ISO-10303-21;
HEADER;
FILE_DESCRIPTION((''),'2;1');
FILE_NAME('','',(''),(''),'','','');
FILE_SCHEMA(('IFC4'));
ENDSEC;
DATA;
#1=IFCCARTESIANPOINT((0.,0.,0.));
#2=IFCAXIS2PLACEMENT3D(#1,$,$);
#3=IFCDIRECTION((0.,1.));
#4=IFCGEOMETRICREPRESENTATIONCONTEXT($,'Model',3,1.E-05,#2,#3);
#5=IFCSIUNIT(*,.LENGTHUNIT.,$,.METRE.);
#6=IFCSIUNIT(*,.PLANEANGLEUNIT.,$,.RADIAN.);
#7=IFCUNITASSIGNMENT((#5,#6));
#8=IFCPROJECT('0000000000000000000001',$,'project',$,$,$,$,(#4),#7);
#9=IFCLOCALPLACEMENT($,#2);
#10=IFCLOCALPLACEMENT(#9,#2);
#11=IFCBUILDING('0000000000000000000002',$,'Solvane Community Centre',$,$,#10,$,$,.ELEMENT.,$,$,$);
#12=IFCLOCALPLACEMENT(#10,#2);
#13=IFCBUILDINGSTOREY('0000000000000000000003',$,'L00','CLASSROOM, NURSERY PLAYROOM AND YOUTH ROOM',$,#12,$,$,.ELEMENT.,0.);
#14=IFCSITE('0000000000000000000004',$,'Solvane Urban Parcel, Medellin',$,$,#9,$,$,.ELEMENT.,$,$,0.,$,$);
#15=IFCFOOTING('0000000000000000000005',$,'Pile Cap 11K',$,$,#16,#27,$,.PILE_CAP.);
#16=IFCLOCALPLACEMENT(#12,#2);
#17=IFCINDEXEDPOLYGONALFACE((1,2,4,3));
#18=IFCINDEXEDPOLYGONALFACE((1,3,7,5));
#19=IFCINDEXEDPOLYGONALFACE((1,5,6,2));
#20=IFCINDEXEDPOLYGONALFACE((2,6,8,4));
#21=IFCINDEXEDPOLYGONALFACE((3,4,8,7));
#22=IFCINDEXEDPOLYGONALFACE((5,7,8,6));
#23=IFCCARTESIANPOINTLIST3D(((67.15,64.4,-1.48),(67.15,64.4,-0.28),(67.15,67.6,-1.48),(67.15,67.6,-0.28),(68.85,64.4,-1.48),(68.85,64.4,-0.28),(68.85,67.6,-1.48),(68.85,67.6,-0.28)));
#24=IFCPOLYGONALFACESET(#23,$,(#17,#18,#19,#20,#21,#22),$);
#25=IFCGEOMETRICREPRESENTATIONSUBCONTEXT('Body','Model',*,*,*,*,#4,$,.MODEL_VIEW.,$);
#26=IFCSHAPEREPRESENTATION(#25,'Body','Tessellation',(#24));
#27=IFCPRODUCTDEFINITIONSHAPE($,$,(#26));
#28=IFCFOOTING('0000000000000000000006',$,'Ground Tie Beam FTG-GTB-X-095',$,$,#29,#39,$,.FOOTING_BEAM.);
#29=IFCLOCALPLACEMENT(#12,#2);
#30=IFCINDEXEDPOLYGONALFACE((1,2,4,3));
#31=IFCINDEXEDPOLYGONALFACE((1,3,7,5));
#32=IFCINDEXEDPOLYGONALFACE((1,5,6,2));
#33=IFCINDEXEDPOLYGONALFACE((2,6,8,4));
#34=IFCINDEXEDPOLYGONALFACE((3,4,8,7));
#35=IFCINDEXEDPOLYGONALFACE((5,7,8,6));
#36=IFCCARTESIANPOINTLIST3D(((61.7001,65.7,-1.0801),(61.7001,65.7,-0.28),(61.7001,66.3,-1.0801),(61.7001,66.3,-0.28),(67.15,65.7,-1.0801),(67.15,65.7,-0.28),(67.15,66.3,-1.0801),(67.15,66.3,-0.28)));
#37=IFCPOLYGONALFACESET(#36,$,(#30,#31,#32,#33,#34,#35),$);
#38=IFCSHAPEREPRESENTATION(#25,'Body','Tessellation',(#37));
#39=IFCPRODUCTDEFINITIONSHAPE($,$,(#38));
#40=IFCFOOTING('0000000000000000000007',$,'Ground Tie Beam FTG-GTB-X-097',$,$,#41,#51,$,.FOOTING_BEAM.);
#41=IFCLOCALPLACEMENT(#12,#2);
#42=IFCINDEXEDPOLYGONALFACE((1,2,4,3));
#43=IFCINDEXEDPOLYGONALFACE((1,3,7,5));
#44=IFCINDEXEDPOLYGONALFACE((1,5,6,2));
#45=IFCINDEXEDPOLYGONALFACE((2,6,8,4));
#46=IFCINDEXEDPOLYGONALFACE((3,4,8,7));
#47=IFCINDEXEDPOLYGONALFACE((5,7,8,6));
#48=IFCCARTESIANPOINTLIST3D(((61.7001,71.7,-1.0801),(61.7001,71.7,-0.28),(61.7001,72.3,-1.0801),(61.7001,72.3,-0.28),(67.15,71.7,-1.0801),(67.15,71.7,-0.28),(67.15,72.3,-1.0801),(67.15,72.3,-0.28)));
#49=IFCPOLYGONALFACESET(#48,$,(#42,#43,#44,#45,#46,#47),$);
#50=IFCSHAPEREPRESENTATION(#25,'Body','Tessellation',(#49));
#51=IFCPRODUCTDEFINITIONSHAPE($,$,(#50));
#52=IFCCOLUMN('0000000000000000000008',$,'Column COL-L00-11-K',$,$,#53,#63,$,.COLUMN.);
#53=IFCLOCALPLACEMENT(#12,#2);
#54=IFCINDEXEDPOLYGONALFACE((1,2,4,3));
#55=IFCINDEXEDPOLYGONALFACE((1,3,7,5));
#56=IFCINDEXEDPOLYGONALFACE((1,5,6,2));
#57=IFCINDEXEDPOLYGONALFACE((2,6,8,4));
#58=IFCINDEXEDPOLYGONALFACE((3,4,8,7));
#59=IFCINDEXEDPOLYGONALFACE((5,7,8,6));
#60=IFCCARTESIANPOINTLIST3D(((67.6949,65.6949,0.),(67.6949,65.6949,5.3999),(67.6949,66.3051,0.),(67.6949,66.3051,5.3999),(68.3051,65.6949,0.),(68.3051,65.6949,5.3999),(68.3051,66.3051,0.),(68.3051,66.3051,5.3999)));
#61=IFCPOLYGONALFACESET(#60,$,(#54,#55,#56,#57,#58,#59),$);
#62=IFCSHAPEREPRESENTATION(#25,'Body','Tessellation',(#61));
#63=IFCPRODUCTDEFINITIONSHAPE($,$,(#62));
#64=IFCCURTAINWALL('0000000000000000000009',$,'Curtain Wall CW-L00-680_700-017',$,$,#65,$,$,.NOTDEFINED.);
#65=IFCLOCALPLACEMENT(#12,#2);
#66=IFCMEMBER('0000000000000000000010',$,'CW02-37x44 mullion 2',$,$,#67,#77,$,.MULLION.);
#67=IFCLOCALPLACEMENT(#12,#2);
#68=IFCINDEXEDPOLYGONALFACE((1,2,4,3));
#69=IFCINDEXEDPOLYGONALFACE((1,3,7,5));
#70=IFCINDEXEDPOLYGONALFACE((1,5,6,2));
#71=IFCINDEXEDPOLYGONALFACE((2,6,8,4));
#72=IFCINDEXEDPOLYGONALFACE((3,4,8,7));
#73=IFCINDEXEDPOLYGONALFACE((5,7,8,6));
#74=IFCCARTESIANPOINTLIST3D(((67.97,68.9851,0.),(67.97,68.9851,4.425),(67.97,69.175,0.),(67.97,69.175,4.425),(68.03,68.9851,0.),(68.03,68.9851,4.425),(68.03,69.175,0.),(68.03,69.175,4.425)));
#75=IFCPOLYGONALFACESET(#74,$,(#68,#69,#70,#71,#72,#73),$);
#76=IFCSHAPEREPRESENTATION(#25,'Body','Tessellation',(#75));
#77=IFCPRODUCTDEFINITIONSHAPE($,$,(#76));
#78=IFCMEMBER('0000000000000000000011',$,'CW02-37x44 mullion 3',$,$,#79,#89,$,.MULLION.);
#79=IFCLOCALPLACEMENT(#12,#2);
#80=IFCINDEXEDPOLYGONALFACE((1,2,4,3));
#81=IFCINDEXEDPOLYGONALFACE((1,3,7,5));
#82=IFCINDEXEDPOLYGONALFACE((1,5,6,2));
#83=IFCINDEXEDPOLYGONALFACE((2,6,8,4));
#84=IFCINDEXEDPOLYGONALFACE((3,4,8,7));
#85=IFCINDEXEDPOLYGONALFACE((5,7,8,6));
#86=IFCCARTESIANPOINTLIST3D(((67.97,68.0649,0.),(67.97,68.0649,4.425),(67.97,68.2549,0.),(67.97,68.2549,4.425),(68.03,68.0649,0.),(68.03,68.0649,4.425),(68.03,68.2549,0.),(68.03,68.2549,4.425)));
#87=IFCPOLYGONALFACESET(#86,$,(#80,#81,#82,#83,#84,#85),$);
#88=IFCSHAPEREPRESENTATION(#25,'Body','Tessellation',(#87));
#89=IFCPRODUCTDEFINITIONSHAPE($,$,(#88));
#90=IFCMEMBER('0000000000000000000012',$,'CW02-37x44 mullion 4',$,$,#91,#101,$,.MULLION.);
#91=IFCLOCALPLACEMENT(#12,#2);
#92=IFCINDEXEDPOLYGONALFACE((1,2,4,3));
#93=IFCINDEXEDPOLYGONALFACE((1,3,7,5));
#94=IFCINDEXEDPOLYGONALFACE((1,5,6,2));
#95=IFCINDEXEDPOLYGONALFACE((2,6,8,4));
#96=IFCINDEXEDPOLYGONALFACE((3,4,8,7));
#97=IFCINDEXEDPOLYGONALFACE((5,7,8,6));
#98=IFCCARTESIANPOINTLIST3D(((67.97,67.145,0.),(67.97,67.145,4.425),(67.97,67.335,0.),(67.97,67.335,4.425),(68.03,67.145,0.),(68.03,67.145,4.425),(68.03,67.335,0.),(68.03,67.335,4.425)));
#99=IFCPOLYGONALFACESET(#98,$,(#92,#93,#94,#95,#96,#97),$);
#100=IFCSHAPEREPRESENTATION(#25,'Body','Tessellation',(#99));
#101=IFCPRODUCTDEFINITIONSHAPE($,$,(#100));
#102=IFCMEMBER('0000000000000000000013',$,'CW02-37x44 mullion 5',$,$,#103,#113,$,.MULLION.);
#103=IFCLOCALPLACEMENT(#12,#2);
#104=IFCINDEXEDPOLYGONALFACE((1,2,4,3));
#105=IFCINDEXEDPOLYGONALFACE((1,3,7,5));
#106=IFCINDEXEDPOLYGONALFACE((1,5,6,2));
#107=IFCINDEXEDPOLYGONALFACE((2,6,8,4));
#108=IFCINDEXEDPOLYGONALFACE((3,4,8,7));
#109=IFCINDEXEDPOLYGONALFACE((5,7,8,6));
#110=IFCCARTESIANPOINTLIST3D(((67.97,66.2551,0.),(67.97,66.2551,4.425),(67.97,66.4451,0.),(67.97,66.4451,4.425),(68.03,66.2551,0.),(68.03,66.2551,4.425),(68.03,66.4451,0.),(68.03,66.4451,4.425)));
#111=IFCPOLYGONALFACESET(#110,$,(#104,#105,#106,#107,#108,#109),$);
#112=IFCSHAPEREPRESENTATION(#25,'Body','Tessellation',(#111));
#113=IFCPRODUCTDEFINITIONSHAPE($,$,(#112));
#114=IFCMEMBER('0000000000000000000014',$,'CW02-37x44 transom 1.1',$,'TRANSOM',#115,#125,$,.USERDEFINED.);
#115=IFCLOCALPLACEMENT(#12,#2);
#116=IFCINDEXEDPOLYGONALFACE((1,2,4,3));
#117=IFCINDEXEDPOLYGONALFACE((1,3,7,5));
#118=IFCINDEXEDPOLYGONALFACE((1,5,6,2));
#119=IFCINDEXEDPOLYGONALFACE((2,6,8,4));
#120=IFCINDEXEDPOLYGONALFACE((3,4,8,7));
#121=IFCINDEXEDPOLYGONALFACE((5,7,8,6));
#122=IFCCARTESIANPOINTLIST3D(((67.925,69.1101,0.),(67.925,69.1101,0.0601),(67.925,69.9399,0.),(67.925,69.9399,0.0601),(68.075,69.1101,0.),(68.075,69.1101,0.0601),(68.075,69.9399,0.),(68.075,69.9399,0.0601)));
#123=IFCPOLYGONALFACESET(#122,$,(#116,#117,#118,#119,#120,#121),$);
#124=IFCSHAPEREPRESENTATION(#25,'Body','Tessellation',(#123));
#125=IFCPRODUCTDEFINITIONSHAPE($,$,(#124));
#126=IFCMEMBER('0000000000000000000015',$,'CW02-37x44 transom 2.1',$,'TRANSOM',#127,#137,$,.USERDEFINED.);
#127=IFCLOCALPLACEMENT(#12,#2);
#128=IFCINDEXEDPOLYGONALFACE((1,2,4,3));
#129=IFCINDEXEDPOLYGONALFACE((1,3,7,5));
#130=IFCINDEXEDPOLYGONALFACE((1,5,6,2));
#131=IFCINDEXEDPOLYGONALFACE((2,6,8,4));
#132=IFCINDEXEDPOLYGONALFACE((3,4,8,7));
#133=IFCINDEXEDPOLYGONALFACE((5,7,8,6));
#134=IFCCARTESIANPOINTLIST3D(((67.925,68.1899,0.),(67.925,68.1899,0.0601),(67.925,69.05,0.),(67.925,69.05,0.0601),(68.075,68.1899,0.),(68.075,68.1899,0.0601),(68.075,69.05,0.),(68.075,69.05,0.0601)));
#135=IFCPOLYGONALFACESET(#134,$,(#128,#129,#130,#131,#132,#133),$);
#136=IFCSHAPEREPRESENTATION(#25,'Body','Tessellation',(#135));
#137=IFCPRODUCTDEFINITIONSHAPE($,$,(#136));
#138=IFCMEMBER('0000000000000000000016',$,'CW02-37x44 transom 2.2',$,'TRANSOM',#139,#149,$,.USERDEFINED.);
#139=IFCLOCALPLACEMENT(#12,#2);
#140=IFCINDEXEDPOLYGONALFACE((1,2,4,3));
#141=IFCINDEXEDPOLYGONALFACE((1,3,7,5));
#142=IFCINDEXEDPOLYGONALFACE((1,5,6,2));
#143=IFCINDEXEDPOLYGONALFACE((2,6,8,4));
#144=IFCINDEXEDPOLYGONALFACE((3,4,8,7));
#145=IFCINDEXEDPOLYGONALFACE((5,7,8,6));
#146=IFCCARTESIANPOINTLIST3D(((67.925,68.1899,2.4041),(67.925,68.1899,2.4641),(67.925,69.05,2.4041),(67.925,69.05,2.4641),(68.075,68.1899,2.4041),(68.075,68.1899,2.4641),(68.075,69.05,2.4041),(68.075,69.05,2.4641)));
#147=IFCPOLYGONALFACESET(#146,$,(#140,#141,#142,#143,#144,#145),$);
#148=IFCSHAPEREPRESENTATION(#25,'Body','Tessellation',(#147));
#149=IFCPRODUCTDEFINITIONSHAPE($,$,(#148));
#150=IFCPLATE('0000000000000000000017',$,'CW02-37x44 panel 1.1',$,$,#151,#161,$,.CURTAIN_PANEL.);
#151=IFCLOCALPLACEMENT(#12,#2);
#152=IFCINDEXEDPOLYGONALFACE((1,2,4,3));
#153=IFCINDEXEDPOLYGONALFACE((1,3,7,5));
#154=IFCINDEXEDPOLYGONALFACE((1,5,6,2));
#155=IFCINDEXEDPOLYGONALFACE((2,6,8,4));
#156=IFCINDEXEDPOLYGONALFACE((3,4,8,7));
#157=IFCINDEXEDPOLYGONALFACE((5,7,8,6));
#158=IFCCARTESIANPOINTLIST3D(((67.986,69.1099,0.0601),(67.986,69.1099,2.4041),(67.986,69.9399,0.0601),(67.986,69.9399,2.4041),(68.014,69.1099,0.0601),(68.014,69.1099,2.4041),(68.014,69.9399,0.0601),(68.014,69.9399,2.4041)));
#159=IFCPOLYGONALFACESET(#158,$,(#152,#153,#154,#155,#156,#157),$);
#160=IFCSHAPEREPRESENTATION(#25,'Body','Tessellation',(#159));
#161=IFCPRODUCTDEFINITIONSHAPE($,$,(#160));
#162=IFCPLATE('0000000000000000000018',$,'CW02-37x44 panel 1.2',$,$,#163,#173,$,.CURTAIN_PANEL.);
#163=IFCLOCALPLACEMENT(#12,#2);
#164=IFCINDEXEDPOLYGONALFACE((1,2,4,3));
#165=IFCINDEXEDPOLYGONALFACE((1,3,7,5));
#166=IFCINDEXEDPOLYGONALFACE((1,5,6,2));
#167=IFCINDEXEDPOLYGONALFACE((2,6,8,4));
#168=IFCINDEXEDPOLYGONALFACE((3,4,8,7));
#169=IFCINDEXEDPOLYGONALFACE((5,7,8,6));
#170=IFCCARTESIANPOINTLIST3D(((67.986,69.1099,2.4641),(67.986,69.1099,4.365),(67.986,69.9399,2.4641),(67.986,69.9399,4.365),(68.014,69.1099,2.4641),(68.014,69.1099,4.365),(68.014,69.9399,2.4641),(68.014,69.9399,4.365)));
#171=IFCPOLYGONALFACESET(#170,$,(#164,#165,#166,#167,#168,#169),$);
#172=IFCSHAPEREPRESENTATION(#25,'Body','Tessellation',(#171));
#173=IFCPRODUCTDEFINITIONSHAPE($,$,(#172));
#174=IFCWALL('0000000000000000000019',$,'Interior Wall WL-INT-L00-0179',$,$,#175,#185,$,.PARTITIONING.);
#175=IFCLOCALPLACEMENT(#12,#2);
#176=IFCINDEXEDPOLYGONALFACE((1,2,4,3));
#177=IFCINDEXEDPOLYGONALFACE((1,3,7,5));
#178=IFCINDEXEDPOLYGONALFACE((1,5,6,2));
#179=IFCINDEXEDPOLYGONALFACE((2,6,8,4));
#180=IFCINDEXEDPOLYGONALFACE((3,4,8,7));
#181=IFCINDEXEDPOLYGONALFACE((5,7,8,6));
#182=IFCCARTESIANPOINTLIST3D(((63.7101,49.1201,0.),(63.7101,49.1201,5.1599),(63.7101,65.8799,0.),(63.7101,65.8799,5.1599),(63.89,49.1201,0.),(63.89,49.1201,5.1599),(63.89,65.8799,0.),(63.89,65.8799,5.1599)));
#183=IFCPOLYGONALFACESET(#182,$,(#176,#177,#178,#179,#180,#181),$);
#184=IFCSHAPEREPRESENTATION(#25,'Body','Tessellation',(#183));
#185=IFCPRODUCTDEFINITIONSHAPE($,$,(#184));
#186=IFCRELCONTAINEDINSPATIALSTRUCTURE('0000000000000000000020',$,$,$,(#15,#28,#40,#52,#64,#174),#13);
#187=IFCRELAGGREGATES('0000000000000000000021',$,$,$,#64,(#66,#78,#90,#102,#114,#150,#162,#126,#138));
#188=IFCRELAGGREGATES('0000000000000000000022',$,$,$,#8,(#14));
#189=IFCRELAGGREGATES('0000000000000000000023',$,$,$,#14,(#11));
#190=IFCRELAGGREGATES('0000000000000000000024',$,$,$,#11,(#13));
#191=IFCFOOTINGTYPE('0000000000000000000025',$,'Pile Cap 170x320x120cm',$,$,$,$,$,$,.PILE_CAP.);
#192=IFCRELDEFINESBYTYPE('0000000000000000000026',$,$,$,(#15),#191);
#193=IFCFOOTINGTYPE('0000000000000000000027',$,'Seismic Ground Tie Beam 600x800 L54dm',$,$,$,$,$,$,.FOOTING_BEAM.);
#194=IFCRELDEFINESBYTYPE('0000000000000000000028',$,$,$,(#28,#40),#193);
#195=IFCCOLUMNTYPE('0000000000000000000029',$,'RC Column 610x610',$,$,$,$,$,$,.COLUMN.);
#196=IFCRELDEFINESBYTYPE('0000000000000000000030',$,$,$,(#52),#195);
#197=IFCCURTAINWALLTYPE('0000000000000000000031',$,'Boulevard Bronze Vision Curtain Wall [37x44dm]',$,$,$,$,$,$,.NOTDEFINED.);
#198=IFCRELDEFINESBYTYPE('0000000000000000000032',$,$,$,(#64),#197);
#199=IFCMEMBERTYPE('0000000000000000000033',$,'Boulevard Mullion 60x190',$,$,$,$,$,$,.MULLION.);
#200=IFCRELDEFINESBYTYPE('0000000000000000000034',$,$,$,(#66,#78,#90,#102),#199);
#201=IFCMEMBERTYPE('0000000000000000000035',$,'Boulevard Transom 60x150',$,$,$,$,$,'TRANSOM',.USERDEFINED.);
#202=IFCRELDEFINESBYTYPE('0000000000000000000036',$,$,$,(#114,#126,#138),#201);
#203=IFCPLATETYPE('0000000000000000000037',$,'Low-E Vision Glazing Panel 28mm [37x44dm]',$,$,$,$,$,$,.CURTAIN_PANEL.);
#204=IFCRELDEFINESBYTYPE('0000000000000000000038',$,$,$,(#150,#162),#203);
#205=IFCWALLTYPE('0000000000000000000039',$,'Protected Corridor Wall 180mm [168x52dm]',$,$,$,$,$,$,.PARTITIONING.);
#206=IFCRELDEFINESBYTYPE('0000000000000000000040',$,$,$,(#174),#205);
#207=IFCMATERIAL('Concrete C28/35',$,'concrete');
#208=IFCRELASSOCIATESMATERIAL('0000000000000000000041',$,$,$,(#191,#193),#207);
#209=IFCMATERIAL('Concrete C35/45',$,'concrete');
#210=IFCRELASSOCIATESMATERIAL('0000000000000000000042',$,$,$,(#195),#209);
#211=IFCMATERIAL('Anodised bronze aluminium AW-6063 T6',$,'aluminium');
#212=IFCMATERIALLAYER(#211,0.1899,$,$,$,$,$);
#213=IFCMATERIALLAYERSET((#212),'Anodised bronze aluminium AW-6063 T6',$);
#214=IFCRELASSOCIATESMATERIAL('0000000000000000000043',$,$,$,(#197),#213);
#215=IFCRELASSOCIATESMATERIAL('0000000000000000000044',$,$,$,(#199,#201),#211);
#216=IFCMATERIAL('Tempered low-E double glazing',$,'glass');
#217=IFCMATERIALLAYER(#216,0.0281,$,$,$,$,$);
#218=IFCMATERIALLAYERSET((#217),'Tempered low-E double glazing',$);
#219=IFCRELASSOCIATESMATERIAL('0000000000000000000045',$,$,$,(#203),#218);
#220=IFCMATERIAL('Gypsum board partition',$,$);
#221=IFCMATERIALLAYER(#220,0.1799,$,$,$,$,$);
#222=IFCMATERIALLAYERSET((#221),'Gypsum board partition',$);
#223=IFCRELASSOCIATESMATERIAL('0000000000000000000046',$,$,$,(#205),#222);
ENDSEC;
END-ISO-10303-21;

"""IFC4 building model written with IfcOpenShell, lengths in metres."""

from ifc_helpers import new_model, si_unit, direction, frame, frame_2d, origin, origin_2d, place, context, subcontext, project, spatial, rectangle, extrude, material, layer, layer_set, material_profile, profile_set, type_object, element, aggregate, save


model = new_model("IFC4")

# Units and contexts
model_context = context("Model", 3, precision=1e-05, world=origin(), true_north=direction((0.0, 1.0)))
body_context = subcontext(model_context, "Body", "Model", "MODEL_VIEW")
ifc_project = project(units=[si_unit("LENGTHUNIT", "METRE"), si_unit("PLANEANGLEUNIT", "RADIAN")], contexts=[model_context])

# Site, building, storey
site_placement = place(None, origin())
site = spatial("IfcSite", under=ifc_project, at=site_placement, Name="Solvane Urban Parcel, Medellin", CompositionType="ELEMENT", RefElevation=0.0)
building_placement = place(site_placement, origin())
building = spatial("IfcBuilding", under=site, at=building_placement, Name="Solvane Community Centre", CompositionType="ELEMENT")
storey_placement = place(building_placement, origin())
storey = spatial("IfcBuildingStorey", under=building, at=storey_placement, Name="L00", Description="CLASSROOM, NURSERY PLAYROOM AND YOUTH ROOM", CompositionType="ELEMENT", Elevation=0.0)

# Shared definitions
ifc_material_1 = material(Name="Concrete C28/35", Category="concrete")

# Footings
footing_type_1 = type_object("IfcFootingType", Name="Pile Cap 170x320x120cm", PredefinedType="PILE_CAP", material=ifc_material_1)
footing_placement = place(storey_placement, frame((68.0, 66.0, -1.48), z_axis=(0.0, 0.0, 1.0), x_axis=(1.0, 0.0, 0.0)))
element("IfcFooting", 1, at=footing_placement, inside=storey, type_object=footing_type_1, Name="Pile Cap 11K", PredefinedType="PILE_CAP", context=body_context, shape_type="SweptSolid", body=[
    extrude(rectangle(XDim=1.7, YDim=3.2, at=origin_2d()), origin(), (0.0, 0.0, 1.0), 1.2),
])
footing_type_2 = type_object("IfcFootingType", Name="Seismic Ground Tie Beam 600x800 L54dm", PredefinedType="FOOTING_BEAM", material=ifc_material_1)
for number, where, z_axis, x_axis, name in (
    (2, (64.425, 66.0, -1.0801), (0.0, 0.0, 1.0), (1.0, 0.0, 0.0), "Ground Tie Beam FTG-GTB-X-095"),
    (3, (64.425, 72.0, -1.0801), (0.0, 0.0, 1.0), (1.0, 0.0, 0.0), "Ground Tie Beam FTG-GTB-X-097"),
):
    element("IfcFooting", number, at=place(storey_placement, frame(where, z_axis=z_axis, x_axis=x_axis)), inside=storey, type_object=footing_type_2, Name=name, PredefinedType="FOOTING_BEAM", context=body_context, shape_type="SweptSolid", body=[
        extrude(rectangle(XDim=5.45, YDim=0.6001, at=origin_2d()), origin(), (0.0, 0.0, 1.0), 0.8),
    ])

# Column
ifc_material_2 = material(Name="Concrete C35/45", Category="concrete")
ifc_material_profile_1 = material_profile(ifc_material_2, rectangle(XDim=0.6101, YDim=0.6101, at=origin_2d()), Name="RC 610x610")
ifc_profile_set_1 = profile_set([ifc_material_profile_1], Name="Concrete C35/45")
column_type = type_object("IfcColumnType", Name="RC Column 610x610", PredefinedType="COLUMN", material=ifc_profile_set_1)
column_placement = place(storey_placement, frame((68.0, 66.0, 0.0), z_axis=(0.0, 0.0, 1.0), x_axis=(1.0, 0.0, 0.0)))
element("IfcColumn", 4, at=column_placement, inside=storey, type_object=column_type, Name="Column COL-L00-11-K", PredefinedType="COLUMN", context=body_context, shape_type="SweptSolid", body=[
    extrude(rectangle(XDim=0.6101, YDim=0.6101, at=origin_2d()), origin(), (0.0, 0.0, 1.0), 5.3999),
])

# Curtain wall, members, plates
ifc_material_3 = material(Name="Anodised bronze aluminium AW-6063 T6", Category="aluminium")
ifc_layer_1 = layer(ifc_material_3, 0.1899)
ifc_layer_set_1 = layer_set([ifc_layer_1], Name="Anodised bronze aluminium AW-6063 T6")
curtain_wall_type = type_object("IfcCurtainWallType", Name="Boulevard Bronze Vision Curtain Wall [37x44dm]", PredefinedType="NOTDEFINED", material=ifc_layer_set_1)
curtain_wall_placement = place(storey_placement, origin())
curtain_wall = element("IfcCurtainWall", 5, at=curtain_wall_placement, inside=storey, type_object=curtain_wall_type, Name="Curtain Wall CW-L00-680_700-017", PredefinedType="NOTDEFINED")
ifc_material_profile_2 = material_profile(ifc_material_3, rectangle(XDim=0.0601, YDim=0.1899, at=origin_2d()), Name="CW-M 60x190")
ifc_profile_set_2 = profile_set([ifc_material_profile_2], Name="Anodised bronze aluminium AW-6063 T6")
member_type_1 = type_object("IfcMemberType", Name="Boulevard Mullion 60x190", PredefinedType="MULLION", material=ifc_profile_set_2)
member_1_placement = place(storey_placement, frame((68.0, 69.0801, 0.0), z_axis=(0.0, 0.0, 1.0), x_axis=(1.0, 0.0, 0.0)))
member_1 = element("IfcMember", 6, at=member_1_placement, type_object=member_type_1, Name="CW02-37x44 mullion 2", PredefinedType="MULLION", context=body_context, shape_type="SweptSolid", body=[
    extrude(rectangle(XDim=0.0601, YDim=0.1899, at=origin_2d()), origin(), (0.0, 0.0, 1.0), 4.425),
])
member_2_placement = place(storey_placement, frame((68.0, 68.1599, 0.0), z_axis=(0.0, 0.0, 1.0), x_axis=(1.0, 0.0, 0.0)))
member_2 = element("IfcMember", 7, at=member_2_placement, type_object=member_type_1, Name="CW02-37x44 mullion 3", PredefinedType="MULLION", context=body_context, shape_type="SweptSolid", body=[
    extrude(rectangle(XDim=0.0601, YDim=0.1899, at=origin_2d()), origin(), (0.0, 0.0, 1.0), 4.425),
])
member_3_placement = place(storey_placement, frame((68.0, 67.24, 0.0), z_axis=(0.0, 0.0, 1.0), x_axis=(1.0, 0.0, 0.0)))
member_3 = element("IfcMember", 8, at=member_3_placement, type_object=member_type_1, Name="CW02-37x44 mullion 4", PredefinedType="MULLION", context=body_context, shape_type="SweptSolid", body=[
    extrude(rectangle(XDim=0.0601, YDim=0.1899, at=origin_2d()), origin(), (0.0, 0.0, 1.0), 4.425),
])
member_4_placement = place(storey_placement, frame((68.0, 66.3501, 0.0), z_axis=(0.0, 0.0, 1.0), x_axis=(1.0, 0.0, 0.0)))
member_4 = element("IfcMember", 9, at=member_4_placement, type_object=member_type_1, Name="CW02-37x44 mullion 5", PredefinedType="MULLION", context=body_context, shape_type="SweptSolid", body=[
    extrude(rectangle(XDim=0.0601, YDim=0.1899, at=origin_2d()), origin(), (0.0, 0.0, 1.0), 4.425),
])
ifc_material_profile_3 = material_profile(ifc_material_3, rectangle(XDim=0.1499, YDim=0.0601, at=origin_2d()), Name="CW-T 60x150")
ifc_profile_set_3 = profile_set([ifc_material_profile_3], Name="Anodised bronze aluminium AW-6063 T6")
member_type_2 = type_object("IfcMemberType", Name="Boulevard Transom 60x150", ElementType="TRANSOM", PredefinedType="USERDEFINED", material=ifc_profile_set_3)
member_5_placement = place(storey_placement, frame((68.0, 69.9399, 0.03), z_axis=(0.0, -1.0, 0.0), x_axis=(1.0, 0.0, 0.0)))
member_5 = element("IfcMember", 10, at=member_5_placement, type_object=member_type_2, Name="CW02-37x44 transom 1.1", ObjectType="TRANSOM", PredefinedType="USERDEFINED", context=body_context, shape_type="SweptSolid", body=[
    extrude(rectangle(XDim=0.1499, YDim=0.0601, at=origin_2d()), origin(), (0.0, 0.0, 1.0), 0.8298),
])
member_6_placement = place(storey_placement, frame((68.0, 69.05, 0.03), z_axis=(0.0, -1.0, 0.0), x_axis=(1.0, 0.0, 0.0)))
member_6 = element("IfcMember", 11, at=member_6_placement, type_object=member_type_2, Name="CW02-37x44 transom 2.1", ObjectType="TRANSOM", PredefinedType="USERDEFINED", context=body_context, shape_type="SweptSolid", body=[
    extrude(rectangle(XDim=0.1499, YDim=0.0601, at=origin_2d()), origin(), (0.0, 0.0, 1.0), 0.8601),
])
member_7_placement = place(storey_placement, frame((68.0, 69.05, 2.4341), z_axis=(0.0, -1.0, 0.0), x_axis=(1.0, 0.0, 0.0)))
member_7 = element("IfcMember", 12, at=member_7_placement, type_object=member_type_2, Name="CW02-37x44 transom 2.2", ObjectType="TRANSOM", PredefinedType="USERDEFINED", context=body_context, shape_type="SweptSolid", body=[
    extrude(rectangle(XDim=0.1499, YDim=0.0601, at=origin_2d()), origin(), (0.0, 0.0, 1.0), 0.8601),
])
ifc_material_4 = material(Name="Tempered low-E double glazing", Category="glass")
ifc_layer_2 = layer(ifc_material_4, 0.0281)
ifc_layer_set_2 = layer_set([ifc_layer_2], Name="Tempered low-E double glazing")
plate_type = type_object("IfcPlateType", Name="Low-E Vision Glazing Panel 28mm [37x44dm]", PredefinedType="CURTAIN_PANEL", material=ifc_layer_set_2)
plate_1_placement = place(storey_placement, frame((68.0, 69.5249, 0.0601), z_axis=(0.0, 0.0, 1.0), x_axis=(0.0, -1.0, 0.0)))
plate_1 = element("IfcPlate", 13, at=plate_1_placement, type_object=plate_type, Name="CW02-37x44 panel 1.1", PredefinedType="CURTAIN_PANEL", context=body_context, shape_type="SweptSolid", body=[
    extrude(rectangle(XDim=0.8301, YDim=0.0281, at=origin_2d()), origin(), (0.0, 0.0, 1.0), 2.344),
])
plate_2_placement = place(storey_placement, frame((68.0, 69.5249, 2.4641), z_axis=(0.0, 0.0, 1.0), x_axis=(0.0, -1.0, 0.0)))
plate_2 = element("IfcPlate", 14, at=plate_2_placement, type_object=plate_type, Name="CW02-37x44 panel 1.2", PredefinedType="CURTAIN_PANEL", context=body_context, shape_type="SweptSolid", body=[
    extrude(rectangle(XDim=0.8301, YDim=0.0281, at=origin_2d()), origin(), (0.0, 0.0, 1.0), 1.9009),
])
aggregate(curtain_wall, [member_1, member_2, member_3, member_4, member_5, plate_1, plate_2, member_6, member_7])

# Wall
ifc_material_5 = material(Name="Gypsum board partition")
ifc_layer_3 = layer(ifc_material_5, 0.1799)
ifc_layer_set_3 = layer_set([ifc_layer_3], Name="Gypsum board partition")
wall_type_1 = type_object("IfcWallType", Name="Protected Corridor Wall 180mm [168x52dm]", PredefinedType="PARTITIONING", material=ifc_layer_set_3)
wall_1_placement = place(storey_placement, frame((63.8, 65.8799, 0.0), z_axis=(0.0, 0.0, 1.0), x_axis=(0.0, -1.0, 0.0)))
element("IfcWall", 15, at=wall_1_placement, inside=storey, type_object=wall_type_1, Name="Interior Wall WL-INT-L00-0179", PredefinedType="PARTITIONING", context=body_context, shape_type="SweptSolid", body=[
    extrude(rectangle(XDim=16.7598, YDim=0.1799, at=frame_2d((8.3799, 0.0))), origin(), (0.0, 0.0, 1.0), 5.1599),
])

save(model, "model.ifc")
